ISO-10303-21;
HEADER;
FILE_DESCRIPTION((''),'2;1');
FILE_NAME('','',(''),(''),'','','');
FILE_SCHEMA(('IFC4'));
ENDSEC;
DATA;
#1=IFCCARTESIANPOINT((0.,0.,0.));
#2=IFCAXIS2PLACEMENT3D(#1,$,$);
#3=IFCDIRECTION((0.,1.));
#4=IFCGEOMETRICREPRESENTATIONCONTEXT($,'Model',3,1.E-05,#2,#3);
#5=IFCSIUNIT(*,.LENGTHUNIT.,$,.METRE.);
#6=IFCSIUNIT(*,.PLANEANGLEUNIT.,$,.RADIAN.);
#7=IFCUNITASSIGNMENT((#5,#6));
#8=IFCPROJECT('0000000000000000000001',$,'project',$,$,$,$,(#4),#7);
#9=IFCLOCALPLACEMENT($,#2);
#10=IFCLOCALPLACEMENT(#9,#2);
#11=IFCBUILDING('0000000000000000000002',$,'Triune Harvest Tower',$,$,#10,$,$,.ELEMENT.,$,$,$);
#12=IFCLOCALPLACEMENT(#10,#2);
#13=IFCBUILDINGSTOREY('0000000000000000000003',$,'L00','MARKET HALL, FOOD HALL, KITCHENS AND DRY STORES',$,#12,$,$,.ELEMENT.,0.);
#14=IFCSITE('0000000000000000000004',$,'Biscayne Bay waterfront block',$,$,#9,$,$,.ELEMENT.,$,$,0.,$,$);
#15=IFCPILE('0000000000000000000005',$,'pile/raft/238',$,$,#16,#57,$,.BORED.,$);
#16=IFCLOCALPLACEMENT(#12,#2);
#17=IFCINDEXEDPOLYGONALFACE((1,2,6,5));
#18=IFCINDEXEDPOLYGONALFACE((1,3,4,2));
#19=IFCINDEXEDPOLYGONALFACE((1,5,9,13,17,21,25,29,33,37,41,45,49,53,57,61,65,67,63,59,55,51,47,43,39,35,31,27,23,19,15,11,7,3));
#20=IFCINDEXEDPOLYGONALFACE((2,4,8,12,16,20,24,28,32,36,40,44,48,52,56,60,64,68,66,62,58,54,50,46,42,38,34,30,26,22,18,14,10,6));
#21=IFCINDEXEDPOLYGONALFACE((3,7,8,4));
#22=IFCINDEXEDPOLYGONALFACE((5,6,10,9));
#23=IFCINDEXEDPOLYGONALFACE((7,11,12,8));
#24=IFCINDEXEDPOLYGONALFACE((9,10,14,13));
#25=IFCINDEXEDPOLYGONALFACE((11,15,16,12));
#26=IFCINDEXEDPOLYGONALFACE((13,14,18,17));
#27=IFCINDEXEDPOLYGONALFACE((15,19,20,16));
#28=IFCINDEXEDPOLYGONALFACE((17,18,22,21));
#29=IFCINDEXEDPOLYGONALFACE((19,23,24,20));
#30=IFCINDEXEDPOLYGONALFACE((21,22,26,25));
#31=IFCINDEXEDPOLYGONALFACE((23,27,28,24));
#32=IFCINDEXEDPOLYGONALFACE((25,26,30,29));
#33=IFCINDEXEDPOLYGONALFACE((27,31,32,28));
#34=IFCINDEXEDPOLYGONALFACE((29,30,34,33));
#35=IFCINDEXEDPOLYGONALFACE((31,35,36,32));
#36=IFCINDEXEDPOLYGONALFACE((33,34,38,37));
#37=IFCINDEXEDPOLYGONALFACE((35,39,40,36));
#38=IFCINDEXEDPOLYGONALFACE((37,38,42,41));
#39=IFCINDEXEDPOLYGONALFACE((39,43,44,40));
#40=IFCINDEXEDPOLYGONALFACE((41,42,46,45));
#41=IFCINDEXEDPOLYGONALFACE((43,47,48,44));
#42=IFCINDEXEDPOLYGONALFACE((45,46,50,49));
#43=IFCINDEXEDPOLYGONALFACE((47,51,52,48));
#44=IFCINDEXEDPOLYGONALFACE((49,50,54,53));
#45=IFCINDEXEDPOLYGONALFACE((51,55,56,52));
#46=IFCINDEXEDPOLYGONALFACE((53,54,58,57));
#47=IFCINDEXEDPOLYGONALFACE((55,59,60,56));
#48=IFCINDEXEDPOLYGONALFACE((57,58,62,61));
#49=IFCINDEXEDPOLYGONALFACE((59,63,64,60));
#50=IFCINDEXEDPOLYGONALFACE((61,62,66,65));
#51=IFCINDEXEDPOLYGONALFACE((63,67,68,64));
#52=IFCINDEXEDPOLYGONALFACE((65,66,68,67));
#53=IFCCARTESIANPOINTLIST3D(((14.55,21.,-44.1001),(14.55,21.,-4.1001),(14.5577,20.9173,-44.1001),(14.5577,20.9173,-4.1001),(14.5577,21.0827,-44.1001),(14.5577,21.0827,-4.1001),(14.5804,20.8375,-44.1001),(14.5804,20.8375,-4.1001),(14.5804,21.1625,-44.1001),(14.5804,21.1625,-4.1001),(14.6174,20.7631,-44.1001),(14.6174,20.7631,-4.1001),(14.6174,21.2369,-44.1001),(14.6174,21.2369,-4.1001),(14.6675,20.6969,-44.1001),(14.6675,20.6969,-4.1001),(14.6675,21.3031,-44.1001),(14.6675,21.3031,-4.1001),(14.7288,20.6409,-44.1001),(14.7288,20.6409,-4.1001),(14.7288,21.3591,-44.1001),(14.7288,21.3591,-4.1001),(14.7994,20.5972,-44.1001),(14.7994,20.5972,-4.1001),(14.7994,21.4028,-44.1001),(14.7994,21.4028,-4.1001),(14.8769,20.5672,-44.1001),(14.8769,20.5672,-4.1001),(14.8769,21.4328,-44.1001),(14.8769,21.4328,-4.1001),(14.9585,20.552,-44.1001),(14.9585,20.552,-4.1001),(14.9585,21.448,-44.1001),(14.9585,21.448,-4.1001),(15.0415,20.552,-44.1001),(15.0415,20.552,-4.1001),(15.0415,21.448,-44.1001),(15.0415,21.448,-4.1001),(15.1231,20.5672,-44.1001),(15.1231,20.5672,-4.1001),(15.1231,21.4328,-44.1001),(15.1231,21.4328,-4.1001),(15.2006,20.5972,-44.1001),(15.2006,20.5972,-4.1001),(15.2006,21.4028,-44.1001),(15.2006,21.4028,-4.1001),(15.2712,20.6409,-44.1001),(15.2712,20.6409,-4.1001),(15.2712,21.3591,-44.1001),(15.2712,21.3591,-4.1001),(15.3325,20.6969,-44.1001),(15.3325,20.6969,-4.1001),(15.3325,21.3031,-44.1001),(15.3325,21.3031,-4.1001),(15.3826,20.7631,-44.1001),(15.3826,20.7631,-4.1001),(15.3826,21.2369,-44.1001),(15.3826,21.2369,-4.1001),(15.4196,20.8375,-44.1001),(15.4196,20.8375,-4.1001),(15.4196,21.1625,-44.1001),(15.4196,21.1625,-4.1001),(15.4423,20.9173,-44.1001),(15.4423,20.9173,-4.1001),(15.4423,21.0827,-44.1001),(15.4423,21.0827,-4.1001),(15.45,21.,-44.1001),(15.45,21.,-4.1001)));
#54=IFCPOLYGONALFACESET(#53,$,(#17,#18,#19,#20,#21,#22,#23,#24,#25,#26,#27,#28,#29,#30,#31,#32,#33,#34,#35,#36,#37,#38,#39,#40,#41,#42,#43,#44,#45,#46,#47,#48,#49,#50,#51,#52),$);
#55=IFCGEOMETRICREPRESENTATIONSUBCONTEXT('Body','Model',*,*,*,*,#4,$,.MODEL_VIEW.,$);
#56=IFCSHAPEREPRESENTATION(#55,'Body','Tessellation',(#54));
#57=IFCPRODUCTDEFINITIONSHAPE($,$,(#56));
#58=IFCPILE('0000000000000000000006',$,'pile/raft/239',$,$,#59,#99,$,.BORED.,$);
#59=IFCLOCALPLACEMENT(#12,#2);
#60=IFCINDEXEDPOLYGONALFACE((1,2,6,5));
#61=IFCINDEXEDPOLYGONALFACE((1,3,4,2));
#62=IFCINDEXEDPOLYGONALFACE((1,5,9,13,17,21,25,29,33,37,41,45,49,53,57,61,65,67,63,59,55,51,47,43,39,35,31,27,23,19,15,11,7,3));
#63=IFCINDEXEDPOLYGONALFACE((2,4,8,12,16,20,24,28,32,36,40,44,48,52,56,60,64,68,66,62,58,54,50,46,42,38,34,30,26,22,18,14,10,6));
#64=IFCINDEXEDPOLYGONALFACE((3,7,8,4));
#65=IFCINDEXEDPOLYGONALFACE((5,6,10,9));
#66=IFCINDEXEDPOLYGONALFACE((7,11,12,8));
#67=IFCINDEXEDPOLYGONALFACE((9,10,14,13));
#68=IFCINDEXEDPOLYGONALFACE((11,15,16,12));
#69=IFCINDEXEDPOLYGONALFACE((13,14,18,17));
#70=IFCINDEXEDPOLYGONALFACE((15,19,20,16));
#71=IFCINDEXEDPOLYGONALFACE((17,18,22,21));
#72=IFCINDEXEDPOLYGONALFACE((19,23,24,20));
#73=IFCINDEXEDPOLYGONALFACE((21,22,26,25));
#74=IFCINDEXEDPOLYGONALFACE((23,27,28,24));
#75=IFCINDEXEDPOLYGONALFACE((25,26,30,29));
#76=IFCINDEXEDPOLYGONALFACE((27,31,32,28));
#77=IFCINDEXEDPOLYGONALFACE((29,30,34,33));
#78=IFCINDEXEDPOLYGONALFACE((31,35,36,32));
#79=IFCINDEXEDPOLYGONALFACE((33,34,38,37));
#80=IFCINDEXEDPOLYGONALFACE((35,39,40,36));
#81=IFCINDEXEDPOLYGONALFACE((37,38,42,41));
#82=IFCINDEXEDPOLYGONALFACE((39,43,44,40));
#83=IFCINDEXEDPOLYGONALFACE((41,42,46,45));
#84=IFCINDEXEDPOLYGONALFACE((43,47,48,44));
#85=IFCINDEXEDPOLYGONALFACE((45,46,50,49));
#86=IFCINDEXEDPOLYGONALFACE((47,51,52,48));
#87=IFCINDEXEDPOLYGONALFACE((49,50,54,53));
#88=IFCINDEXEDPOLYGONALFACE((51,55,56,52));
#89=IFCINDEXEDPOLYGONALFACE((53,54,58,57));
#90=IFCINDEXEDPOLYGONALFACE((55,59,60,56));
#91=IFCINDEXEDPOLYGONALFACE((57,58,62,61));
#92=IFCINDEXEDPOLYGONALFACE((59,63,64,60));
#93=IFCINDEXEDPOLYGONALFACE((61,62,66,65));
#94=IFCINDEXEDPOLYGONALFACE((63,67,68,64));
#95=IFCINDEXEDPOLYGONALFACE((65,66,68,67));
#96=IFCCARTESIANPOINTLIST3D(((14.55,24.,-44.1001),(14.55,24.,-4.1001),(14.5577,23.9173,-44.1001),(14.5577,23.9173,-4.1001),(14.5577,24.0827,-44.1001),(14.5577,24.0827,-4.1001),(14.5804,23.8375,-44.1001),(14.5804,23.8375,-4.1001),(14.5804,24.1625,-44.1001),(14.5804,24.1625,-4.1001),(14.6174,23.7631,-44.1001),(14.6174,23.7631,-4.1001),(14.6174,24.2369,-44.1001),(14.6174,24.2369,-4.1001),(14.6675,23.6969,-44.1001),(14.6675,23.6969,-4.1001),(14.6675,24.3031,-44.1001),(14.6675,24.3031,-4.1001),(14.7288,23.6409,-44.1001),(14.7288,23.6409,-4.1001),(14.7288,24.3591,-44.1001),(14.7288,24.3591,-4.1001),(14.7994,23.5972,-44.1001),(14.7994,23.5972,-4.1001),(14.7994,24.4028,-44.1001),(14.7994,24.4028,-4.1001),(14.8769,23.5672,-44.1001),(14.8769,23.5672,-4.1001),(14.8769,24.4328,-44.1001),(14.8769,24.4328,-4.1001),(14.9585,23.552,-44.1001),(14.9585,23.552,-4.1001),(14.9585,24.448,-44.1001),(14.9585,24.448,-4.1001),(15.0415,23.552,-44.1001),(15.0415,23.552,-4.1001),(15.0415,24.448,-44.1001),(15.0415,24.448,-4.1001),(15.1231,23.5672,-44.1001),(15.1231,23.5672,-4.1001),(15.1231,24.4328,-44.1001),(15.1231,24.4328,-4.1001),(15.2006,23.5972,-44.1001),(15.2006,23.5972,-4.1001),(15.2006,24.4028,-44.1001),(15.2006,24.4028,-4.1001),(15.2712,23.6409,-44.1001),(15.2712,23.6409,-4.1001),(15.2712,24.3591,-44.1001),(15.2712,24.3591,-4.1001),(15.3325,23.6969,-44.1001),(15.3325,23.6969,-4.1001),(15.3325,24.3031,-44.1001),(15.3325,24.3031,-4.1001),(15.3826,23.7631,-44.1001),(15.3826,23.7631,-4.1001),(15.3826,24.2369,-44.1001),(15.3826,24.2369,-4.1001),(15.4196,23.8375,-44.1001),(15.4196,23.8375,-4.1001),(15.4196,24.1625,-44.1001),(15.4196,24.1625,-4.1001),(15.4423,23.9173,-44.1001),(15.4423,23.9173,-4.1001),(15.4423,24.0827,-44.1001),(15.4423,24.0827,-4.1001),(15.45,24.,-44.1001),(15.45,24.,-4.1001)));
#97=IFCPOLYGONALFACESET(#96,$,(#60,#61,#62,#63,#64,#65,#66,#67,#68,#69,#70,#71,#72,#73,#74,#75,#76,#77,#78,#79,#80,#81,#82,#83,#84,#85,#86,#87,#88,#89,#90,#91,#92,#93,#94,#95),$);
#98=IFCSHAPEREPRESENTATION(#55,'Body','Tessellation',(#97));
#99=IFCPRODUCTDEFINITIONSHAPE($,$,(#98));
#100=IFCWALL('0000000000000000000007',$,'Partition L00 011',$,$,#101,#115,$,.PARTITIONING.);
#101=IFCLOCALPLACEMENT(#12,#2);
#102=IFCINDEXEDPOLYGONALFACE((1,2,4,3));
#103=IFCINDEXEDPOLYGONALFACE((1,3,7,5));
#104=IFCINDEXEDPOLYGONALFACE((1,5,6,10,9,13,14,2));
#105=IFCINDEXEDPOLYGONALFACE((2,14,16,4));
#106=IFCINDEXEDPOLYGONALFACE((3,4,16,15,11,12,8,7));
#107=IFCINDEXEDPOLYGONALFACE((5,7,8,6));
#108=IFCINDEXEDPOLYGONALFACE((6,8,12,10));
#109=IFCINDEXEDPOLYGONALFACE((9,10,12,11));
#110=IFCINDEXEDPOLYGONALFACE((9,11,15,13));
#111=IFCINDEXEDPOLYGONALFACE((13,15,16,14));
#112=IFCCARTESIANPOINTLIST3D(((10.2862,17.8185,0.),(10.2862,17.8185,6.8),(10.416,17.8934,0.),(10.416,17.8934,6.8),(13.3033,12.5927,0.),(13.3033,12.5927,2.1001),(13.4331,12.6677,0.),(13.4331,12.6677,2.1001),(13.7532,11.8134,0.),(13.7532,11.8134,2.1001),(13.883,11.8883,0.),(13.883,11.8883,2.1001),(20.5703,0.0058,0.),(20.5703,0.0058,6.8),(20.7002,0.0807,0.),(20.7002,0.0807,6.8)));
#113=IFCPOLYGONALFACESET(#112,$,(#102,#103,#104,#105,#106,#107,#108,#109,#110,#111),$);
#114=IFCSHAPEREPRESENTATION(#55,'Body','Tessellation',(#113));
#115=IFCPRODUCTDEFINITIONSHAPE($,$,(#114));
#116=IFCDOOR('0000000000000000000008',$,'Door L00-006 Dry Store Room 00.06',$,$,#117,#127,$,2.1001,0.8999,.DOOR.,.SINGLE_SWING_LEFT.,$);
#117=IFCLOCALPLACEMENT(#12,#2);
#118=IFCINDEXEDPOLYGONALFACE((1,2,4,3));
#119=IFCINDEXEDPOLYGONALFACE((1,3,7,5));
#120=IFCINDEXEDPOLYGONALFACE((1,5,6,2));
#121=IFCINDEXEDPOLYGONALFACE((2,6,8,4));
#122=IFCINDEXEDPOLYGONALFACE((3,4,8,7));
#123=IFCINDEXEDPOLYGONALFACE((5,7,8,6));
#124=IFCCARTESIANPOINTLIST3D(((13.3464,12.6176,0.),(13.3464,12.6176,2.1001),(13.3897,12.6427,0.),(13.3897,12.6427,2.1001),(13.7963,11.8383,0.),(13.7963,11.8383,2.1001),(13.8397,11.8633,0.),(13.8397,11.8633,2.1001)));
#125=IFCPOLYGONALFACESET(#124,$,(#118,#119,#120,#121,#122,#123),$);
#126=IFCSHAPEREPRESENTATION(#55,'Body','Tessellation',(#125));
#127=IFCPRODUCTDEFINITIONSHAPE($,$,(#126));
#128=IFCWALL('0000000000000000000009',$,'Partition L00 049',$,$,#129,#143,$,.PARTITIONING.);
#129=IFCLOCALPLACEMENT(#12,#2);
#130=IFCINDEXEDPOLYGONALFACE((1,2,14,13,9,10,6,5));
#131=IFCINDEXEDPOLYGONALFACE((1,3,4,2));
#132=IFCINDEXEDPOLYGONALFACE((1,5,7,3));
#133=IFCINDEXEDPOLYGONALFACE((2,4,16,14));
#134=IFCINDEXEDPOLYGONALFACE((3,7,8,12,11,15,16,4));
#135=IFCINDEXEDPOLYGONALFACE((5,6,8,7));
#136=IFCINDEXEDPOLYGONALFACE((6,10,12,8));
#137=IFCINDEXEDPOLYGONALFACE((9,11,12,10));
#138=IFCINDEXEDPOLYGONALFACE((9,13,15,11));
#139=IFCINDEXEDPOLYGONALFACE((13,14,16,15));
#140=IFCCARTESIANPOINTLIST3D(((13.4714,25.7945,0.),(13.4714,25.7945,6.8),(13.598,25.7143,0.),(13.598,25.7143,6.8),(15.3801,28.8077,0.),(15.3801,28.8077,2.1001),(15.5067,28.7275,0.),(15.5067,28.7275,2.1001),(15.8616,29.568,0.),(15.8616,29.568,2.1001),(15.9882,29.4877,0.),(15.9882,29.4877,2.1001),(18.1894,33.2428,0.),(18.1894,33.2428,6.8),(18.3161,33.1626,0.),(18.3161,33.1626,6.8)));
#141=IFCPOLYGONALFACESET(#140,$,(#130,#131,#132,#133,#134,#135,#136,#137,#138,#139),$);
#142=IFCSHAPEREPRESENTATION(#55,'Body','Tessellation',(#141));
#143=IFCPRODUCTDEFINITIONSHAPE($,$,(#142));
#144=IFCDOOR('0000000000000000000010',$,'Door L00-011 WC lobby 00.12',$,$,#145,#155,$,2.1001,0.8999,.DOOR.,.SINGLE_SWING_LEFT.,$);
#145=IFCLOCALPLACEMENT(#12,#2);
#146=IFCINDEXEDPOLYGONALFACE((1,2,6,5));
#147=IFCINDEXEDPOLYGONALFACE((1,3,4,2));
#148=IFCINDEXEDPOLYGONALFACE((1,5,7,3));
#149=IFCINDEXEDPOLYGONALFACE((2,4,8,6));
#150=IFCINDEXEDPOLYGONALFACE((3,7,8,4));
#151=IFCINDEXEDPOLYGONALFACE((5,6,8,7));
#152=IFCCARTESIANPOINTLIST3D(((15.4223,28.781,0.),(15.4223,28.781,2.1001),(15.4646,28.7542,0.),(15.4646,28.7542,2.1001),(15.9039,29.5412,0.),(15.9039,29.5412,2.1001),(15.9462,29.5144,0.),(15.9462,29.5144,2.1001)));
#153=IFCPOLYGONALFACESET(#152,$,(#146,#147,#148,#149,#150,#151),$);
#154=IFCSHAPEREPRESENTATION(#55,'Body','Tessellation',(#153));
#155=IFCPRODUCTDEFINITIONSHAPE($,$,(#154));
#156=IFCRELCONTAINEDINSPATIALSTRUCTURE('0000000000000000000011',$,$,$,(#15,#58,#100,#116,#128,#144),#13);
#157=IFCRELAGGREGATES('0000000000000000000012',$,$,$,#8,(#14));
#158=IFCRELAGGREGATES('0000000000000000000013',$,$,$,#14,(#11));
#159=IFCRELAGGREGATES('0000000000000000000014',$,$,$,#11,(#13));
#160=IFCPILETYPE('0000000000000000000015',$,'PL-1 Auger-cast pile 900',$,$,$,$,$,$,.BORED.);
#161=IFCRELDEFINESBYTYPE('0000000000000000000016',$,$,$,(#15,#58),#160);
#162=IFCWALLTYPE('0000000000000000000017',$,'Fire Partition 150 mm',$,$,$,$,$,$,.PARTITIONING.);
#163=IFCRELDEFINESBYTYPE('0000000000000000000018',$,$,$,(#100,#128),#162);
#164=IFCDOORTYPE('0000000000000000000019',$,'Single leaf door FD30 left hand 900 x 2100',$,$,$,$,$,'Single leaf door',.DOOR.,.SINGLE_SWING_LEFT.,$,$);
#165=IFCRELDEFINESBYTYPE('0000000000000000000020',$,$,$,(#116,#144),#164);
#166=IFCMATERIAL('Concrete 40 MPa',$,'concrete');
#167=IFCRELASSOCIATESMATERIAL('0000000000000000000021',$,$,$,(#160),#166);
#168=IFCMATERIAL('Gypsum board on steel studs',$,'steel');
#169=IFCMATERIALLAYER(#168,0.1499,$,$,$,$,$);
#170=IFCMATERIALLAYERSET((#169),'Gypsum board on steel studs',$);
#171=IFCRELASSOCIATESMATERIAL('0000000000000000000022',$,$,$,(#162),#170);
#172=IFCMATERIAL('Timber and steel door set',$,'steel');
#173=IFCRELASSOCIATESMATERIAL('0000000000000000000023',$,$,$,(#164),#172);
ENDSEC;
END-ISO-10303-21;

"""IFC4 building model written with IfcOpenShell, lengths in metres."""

from ifc_helpers import new_model, si_unit, direction, frame, frame_2d, origin, origin_2d, place, context, subcontext, project, spatial, rectangle, circle, extrude, source, transform, mapped, material, layer, layer_set, material_profile, profile_set, type_object, element, fill, save


model = new_model("IFC4")

# Units and contexts
model_context = context("Model", 3, precision=1e-05, world=origin(), true_north=direction((0.0, 1.0)))
body_context = subcontext(model_context, "Body", "Model", "MODEL_VIEW")
ifc_project = project(units=[si_unit("LENGTHUNIT", "METRE"), si_unit("PLANEANGLEUNIT", "RADIAN")], contexts=[model_context])

# Site, building, storey
site_placement = place(None, origin())
site = spatial("IfcSite", under=ifc_project, at=site_placement, Name="Biscayne Bay waterfront block", CompositionType="ELEMENT", RefElevation=0.0)
building_placement = place(site_placement, origin())
building = spatial("IfcBuilding", under=site, at=building_placement, Name="Triune Harvest Tower", CompositionType="ELEMENT")
storey_placement = place(building_placement, origin())
storey = spatial("IfcBuildingStorey", under=building, at=storey_placement, Name="L00", Description="MARKET HALL, FOOD HALL, KITCHENS AND DRY STORES", CompositionType="ELEMENT", Elevation=0.0)

# Piles
ifc_material_1 = material(Name="Concrete 40 MPa", Category="concrete")
ifc_material_profile = material_profile(ifc_material_1, circle(Radius=0.45, at=origin_2d()), Name="Bored 900")
ifc_profile_set = profile_set([ifc_material_profile], Name="Concrete 40 MPa")
pile_type = type_object("IfcPileType", Name="PL-1 Auger-cast pile 900", PredefinedType="BORED", material=ifc_profile_set)
shared_shape = source(origin(), body_context, "Body", "SweptSolid", [
    extrude(circle(Radius=0.45, at=origin_2d()), origin(), (0.0, 0.0, 1.0), 40.0),
])
for number, where, z_axis, x_axis, name in (
    (1, (15.0, 21.0, -4.1001), (0.0, 0.0, -1.0), (1.0, 0.0, 0.0), "pile/raft/238"),
    (2, (15.0, 24.0, -4.1001), (0.0, 0.0, -1.0), (1.0, 0.0, 0.0), "pile/raft/239"),
):
    element("IfcPile", number, at=place(storey_placement, frame(where, z_axis=z_axis, x_axis=x_axis)), inside=storey, type_object=pile_type, Name=name, PredefinedType="BORED", context=body_context, shape_type="MappedRepresentation", body=[
        mapped(shared_shape, transform((0.0, 0.0, 0.0), scale=1.0)),
    ])

# Walls, openings, doors
ifc_material_2 = material(Name="Gypsum board on steel studs", Category="steel")
ifc_layer_1 = layer(ifc_material_2, 0.1499)
ifc_layer_set_1 = layer_set([ifc_layer_1], Name="Gypsum board on steel studs")
wall_type_1 = type_object("IfcWallType", Name="Fire Partition 150 mm", PredefinedType="PARTITIONING", material=ifc_layer_set_1)
wall_1_placement = place(storey_placement, frame((10.3511, 17.856, 0.0), z_axis=(0.0, 0.0, 1.0), x_axis=(0.5, -0.866026, 0.0)))
wall_1 = element("IfcWall", 3, at=wall_1_placement, inside=storey, type_object=wall_type_1, Name="Partition L00 011", PredefinedType="PARTITIONING", context=body_context, shape_type="SweptSolid", body=[
    extrude(rectangle(XDim=20.5684, YDim=0.1499, at=frame_2d((10.2842, 0.0))), origin(), (0.0, 0.0, 1.0), 6.8),
])
opening_1_placement = place(wall_1_placement, frame((6.0342, 0.0, 0.0)))
opening_1 = element("IfcOpeningElement", 4, at=opening_1_placement, cuts=wall_1, PredefinedType="OPENING", context=body_context, shape_type="SweptSolid", body=[
    extrude(rectangle(XDim=0.8999, YDim=2.1001, at=frame_2d((0.45, 1.05))), frame((0.0, 0.085, 0.0), z_axis=(0.0, -1.0, 0.0), x_axis=(1.0, 0.0, 0.0)), (0.0, 0.0, 1.0), 0.1699),
])
ifc_material_3 = material(Name="Timber and steel door set", Category="steel")
door_type_1 = type_object("IfcDoorType", Name="Single leaf door FD30 left hand 900 x 2100", ElementType="Single leaf door", OperationType="SINGLE_SWING_LEFT", PredefinedType="DOOR", material=ifc_material_3)
door_1_placement = place(opening_1_placement, origin())
door_1 = element("IfcDoor", 5, at=door_1_placement, inside=storey, type_object=door_type_1, Name="Door L00-006 Dry Store Room 00.06", OperationType="SINGLE_SWING_LEFT", OverallHeight=2.1001, OverallWidth=0.8999, PredefinedType="DOOR", context=body_context, shape_type="SweptSolid", body=[
    extrude(rectangle(XDim=0.8999, YDim=2.1001, at=frame_2d((0.45, 1.05))), frame((0.0, 0.0249, 0.0), z_axis=(0.0, -1.0, 0.0), x_axis=(1.0, 0.0, 0.0)), (0.0, 0.0, 1.0), 0.05),
])
fill(opening_1, door_1)
wall_2_placement = place(storey_placement, frame((13.5347, 25.7544, 0.0), z_axis=(0.0, 0.0, 1.0), x_axis=(0.535117, 0.844778, 0.0)))
wall_2 = element("IfcWall", 6, at=wall_2_placement, inside=storey, type_object=wall_type_1, Name="Partition L00 049", PredefinedType="PARTITIONING", context=body_context, shape_type="SweptSolid", body=[
    extrude(rectangle(XDim=8.8169, YDim=0.1499, at=frame_2d((4.4084, 0.0))), origin(), (0.0, 0.0, 1.0), 6.8),
])
opening_2_placement = place(wall_2_placement, frame((3.5669, 0.0, 0.0)))
opening_2 = element("IfcOpeningElement", 7, at=opening_2_placement, cuts=wall_2, PredefinedType="OPENING", context=body_context, shape_type="SweptSolid", body=[
    extrude(rectangle(XDim=0.8999, YDim=2.1001, at=frame_2d((0.45, 1.05))), frame((0.0, 0.085, 0.0), z_axis=(0.0, -1.0, 0.0), x_axis=(1.0, 0.0, 0.0)), (0.0, 0.0, 1.0), 0.1699),
])
door_2_placement = place(opening_2_placement, origin())
door_2 = element("IfcDoor", 8, at=door_2_placement, inside=storey, type_object=door_type_1, Name="Door L00-011 WC lobby 00.12", OperationType="SINGLE_SWING_LEFT", OverallHeight=2.1001, OverallWidth=0.8999, PredefinedType="DOOR", context=body_context, shape_type="SweptSolid", body=[
    extrude(rectangle(XDim=0.8999, YDim=2.1001, at=frame_2d((0.45, 1.05))), frame((0.0, 0.0249, 0.0), z_axis=(0.0, -1.0, 0.0), x_axis=(1.0, 0.0, 0.0)), (0.0, 0.0, 1.0), 0.05),
])
fill(opening_2, door_2)

save(model, "model.ifc")
